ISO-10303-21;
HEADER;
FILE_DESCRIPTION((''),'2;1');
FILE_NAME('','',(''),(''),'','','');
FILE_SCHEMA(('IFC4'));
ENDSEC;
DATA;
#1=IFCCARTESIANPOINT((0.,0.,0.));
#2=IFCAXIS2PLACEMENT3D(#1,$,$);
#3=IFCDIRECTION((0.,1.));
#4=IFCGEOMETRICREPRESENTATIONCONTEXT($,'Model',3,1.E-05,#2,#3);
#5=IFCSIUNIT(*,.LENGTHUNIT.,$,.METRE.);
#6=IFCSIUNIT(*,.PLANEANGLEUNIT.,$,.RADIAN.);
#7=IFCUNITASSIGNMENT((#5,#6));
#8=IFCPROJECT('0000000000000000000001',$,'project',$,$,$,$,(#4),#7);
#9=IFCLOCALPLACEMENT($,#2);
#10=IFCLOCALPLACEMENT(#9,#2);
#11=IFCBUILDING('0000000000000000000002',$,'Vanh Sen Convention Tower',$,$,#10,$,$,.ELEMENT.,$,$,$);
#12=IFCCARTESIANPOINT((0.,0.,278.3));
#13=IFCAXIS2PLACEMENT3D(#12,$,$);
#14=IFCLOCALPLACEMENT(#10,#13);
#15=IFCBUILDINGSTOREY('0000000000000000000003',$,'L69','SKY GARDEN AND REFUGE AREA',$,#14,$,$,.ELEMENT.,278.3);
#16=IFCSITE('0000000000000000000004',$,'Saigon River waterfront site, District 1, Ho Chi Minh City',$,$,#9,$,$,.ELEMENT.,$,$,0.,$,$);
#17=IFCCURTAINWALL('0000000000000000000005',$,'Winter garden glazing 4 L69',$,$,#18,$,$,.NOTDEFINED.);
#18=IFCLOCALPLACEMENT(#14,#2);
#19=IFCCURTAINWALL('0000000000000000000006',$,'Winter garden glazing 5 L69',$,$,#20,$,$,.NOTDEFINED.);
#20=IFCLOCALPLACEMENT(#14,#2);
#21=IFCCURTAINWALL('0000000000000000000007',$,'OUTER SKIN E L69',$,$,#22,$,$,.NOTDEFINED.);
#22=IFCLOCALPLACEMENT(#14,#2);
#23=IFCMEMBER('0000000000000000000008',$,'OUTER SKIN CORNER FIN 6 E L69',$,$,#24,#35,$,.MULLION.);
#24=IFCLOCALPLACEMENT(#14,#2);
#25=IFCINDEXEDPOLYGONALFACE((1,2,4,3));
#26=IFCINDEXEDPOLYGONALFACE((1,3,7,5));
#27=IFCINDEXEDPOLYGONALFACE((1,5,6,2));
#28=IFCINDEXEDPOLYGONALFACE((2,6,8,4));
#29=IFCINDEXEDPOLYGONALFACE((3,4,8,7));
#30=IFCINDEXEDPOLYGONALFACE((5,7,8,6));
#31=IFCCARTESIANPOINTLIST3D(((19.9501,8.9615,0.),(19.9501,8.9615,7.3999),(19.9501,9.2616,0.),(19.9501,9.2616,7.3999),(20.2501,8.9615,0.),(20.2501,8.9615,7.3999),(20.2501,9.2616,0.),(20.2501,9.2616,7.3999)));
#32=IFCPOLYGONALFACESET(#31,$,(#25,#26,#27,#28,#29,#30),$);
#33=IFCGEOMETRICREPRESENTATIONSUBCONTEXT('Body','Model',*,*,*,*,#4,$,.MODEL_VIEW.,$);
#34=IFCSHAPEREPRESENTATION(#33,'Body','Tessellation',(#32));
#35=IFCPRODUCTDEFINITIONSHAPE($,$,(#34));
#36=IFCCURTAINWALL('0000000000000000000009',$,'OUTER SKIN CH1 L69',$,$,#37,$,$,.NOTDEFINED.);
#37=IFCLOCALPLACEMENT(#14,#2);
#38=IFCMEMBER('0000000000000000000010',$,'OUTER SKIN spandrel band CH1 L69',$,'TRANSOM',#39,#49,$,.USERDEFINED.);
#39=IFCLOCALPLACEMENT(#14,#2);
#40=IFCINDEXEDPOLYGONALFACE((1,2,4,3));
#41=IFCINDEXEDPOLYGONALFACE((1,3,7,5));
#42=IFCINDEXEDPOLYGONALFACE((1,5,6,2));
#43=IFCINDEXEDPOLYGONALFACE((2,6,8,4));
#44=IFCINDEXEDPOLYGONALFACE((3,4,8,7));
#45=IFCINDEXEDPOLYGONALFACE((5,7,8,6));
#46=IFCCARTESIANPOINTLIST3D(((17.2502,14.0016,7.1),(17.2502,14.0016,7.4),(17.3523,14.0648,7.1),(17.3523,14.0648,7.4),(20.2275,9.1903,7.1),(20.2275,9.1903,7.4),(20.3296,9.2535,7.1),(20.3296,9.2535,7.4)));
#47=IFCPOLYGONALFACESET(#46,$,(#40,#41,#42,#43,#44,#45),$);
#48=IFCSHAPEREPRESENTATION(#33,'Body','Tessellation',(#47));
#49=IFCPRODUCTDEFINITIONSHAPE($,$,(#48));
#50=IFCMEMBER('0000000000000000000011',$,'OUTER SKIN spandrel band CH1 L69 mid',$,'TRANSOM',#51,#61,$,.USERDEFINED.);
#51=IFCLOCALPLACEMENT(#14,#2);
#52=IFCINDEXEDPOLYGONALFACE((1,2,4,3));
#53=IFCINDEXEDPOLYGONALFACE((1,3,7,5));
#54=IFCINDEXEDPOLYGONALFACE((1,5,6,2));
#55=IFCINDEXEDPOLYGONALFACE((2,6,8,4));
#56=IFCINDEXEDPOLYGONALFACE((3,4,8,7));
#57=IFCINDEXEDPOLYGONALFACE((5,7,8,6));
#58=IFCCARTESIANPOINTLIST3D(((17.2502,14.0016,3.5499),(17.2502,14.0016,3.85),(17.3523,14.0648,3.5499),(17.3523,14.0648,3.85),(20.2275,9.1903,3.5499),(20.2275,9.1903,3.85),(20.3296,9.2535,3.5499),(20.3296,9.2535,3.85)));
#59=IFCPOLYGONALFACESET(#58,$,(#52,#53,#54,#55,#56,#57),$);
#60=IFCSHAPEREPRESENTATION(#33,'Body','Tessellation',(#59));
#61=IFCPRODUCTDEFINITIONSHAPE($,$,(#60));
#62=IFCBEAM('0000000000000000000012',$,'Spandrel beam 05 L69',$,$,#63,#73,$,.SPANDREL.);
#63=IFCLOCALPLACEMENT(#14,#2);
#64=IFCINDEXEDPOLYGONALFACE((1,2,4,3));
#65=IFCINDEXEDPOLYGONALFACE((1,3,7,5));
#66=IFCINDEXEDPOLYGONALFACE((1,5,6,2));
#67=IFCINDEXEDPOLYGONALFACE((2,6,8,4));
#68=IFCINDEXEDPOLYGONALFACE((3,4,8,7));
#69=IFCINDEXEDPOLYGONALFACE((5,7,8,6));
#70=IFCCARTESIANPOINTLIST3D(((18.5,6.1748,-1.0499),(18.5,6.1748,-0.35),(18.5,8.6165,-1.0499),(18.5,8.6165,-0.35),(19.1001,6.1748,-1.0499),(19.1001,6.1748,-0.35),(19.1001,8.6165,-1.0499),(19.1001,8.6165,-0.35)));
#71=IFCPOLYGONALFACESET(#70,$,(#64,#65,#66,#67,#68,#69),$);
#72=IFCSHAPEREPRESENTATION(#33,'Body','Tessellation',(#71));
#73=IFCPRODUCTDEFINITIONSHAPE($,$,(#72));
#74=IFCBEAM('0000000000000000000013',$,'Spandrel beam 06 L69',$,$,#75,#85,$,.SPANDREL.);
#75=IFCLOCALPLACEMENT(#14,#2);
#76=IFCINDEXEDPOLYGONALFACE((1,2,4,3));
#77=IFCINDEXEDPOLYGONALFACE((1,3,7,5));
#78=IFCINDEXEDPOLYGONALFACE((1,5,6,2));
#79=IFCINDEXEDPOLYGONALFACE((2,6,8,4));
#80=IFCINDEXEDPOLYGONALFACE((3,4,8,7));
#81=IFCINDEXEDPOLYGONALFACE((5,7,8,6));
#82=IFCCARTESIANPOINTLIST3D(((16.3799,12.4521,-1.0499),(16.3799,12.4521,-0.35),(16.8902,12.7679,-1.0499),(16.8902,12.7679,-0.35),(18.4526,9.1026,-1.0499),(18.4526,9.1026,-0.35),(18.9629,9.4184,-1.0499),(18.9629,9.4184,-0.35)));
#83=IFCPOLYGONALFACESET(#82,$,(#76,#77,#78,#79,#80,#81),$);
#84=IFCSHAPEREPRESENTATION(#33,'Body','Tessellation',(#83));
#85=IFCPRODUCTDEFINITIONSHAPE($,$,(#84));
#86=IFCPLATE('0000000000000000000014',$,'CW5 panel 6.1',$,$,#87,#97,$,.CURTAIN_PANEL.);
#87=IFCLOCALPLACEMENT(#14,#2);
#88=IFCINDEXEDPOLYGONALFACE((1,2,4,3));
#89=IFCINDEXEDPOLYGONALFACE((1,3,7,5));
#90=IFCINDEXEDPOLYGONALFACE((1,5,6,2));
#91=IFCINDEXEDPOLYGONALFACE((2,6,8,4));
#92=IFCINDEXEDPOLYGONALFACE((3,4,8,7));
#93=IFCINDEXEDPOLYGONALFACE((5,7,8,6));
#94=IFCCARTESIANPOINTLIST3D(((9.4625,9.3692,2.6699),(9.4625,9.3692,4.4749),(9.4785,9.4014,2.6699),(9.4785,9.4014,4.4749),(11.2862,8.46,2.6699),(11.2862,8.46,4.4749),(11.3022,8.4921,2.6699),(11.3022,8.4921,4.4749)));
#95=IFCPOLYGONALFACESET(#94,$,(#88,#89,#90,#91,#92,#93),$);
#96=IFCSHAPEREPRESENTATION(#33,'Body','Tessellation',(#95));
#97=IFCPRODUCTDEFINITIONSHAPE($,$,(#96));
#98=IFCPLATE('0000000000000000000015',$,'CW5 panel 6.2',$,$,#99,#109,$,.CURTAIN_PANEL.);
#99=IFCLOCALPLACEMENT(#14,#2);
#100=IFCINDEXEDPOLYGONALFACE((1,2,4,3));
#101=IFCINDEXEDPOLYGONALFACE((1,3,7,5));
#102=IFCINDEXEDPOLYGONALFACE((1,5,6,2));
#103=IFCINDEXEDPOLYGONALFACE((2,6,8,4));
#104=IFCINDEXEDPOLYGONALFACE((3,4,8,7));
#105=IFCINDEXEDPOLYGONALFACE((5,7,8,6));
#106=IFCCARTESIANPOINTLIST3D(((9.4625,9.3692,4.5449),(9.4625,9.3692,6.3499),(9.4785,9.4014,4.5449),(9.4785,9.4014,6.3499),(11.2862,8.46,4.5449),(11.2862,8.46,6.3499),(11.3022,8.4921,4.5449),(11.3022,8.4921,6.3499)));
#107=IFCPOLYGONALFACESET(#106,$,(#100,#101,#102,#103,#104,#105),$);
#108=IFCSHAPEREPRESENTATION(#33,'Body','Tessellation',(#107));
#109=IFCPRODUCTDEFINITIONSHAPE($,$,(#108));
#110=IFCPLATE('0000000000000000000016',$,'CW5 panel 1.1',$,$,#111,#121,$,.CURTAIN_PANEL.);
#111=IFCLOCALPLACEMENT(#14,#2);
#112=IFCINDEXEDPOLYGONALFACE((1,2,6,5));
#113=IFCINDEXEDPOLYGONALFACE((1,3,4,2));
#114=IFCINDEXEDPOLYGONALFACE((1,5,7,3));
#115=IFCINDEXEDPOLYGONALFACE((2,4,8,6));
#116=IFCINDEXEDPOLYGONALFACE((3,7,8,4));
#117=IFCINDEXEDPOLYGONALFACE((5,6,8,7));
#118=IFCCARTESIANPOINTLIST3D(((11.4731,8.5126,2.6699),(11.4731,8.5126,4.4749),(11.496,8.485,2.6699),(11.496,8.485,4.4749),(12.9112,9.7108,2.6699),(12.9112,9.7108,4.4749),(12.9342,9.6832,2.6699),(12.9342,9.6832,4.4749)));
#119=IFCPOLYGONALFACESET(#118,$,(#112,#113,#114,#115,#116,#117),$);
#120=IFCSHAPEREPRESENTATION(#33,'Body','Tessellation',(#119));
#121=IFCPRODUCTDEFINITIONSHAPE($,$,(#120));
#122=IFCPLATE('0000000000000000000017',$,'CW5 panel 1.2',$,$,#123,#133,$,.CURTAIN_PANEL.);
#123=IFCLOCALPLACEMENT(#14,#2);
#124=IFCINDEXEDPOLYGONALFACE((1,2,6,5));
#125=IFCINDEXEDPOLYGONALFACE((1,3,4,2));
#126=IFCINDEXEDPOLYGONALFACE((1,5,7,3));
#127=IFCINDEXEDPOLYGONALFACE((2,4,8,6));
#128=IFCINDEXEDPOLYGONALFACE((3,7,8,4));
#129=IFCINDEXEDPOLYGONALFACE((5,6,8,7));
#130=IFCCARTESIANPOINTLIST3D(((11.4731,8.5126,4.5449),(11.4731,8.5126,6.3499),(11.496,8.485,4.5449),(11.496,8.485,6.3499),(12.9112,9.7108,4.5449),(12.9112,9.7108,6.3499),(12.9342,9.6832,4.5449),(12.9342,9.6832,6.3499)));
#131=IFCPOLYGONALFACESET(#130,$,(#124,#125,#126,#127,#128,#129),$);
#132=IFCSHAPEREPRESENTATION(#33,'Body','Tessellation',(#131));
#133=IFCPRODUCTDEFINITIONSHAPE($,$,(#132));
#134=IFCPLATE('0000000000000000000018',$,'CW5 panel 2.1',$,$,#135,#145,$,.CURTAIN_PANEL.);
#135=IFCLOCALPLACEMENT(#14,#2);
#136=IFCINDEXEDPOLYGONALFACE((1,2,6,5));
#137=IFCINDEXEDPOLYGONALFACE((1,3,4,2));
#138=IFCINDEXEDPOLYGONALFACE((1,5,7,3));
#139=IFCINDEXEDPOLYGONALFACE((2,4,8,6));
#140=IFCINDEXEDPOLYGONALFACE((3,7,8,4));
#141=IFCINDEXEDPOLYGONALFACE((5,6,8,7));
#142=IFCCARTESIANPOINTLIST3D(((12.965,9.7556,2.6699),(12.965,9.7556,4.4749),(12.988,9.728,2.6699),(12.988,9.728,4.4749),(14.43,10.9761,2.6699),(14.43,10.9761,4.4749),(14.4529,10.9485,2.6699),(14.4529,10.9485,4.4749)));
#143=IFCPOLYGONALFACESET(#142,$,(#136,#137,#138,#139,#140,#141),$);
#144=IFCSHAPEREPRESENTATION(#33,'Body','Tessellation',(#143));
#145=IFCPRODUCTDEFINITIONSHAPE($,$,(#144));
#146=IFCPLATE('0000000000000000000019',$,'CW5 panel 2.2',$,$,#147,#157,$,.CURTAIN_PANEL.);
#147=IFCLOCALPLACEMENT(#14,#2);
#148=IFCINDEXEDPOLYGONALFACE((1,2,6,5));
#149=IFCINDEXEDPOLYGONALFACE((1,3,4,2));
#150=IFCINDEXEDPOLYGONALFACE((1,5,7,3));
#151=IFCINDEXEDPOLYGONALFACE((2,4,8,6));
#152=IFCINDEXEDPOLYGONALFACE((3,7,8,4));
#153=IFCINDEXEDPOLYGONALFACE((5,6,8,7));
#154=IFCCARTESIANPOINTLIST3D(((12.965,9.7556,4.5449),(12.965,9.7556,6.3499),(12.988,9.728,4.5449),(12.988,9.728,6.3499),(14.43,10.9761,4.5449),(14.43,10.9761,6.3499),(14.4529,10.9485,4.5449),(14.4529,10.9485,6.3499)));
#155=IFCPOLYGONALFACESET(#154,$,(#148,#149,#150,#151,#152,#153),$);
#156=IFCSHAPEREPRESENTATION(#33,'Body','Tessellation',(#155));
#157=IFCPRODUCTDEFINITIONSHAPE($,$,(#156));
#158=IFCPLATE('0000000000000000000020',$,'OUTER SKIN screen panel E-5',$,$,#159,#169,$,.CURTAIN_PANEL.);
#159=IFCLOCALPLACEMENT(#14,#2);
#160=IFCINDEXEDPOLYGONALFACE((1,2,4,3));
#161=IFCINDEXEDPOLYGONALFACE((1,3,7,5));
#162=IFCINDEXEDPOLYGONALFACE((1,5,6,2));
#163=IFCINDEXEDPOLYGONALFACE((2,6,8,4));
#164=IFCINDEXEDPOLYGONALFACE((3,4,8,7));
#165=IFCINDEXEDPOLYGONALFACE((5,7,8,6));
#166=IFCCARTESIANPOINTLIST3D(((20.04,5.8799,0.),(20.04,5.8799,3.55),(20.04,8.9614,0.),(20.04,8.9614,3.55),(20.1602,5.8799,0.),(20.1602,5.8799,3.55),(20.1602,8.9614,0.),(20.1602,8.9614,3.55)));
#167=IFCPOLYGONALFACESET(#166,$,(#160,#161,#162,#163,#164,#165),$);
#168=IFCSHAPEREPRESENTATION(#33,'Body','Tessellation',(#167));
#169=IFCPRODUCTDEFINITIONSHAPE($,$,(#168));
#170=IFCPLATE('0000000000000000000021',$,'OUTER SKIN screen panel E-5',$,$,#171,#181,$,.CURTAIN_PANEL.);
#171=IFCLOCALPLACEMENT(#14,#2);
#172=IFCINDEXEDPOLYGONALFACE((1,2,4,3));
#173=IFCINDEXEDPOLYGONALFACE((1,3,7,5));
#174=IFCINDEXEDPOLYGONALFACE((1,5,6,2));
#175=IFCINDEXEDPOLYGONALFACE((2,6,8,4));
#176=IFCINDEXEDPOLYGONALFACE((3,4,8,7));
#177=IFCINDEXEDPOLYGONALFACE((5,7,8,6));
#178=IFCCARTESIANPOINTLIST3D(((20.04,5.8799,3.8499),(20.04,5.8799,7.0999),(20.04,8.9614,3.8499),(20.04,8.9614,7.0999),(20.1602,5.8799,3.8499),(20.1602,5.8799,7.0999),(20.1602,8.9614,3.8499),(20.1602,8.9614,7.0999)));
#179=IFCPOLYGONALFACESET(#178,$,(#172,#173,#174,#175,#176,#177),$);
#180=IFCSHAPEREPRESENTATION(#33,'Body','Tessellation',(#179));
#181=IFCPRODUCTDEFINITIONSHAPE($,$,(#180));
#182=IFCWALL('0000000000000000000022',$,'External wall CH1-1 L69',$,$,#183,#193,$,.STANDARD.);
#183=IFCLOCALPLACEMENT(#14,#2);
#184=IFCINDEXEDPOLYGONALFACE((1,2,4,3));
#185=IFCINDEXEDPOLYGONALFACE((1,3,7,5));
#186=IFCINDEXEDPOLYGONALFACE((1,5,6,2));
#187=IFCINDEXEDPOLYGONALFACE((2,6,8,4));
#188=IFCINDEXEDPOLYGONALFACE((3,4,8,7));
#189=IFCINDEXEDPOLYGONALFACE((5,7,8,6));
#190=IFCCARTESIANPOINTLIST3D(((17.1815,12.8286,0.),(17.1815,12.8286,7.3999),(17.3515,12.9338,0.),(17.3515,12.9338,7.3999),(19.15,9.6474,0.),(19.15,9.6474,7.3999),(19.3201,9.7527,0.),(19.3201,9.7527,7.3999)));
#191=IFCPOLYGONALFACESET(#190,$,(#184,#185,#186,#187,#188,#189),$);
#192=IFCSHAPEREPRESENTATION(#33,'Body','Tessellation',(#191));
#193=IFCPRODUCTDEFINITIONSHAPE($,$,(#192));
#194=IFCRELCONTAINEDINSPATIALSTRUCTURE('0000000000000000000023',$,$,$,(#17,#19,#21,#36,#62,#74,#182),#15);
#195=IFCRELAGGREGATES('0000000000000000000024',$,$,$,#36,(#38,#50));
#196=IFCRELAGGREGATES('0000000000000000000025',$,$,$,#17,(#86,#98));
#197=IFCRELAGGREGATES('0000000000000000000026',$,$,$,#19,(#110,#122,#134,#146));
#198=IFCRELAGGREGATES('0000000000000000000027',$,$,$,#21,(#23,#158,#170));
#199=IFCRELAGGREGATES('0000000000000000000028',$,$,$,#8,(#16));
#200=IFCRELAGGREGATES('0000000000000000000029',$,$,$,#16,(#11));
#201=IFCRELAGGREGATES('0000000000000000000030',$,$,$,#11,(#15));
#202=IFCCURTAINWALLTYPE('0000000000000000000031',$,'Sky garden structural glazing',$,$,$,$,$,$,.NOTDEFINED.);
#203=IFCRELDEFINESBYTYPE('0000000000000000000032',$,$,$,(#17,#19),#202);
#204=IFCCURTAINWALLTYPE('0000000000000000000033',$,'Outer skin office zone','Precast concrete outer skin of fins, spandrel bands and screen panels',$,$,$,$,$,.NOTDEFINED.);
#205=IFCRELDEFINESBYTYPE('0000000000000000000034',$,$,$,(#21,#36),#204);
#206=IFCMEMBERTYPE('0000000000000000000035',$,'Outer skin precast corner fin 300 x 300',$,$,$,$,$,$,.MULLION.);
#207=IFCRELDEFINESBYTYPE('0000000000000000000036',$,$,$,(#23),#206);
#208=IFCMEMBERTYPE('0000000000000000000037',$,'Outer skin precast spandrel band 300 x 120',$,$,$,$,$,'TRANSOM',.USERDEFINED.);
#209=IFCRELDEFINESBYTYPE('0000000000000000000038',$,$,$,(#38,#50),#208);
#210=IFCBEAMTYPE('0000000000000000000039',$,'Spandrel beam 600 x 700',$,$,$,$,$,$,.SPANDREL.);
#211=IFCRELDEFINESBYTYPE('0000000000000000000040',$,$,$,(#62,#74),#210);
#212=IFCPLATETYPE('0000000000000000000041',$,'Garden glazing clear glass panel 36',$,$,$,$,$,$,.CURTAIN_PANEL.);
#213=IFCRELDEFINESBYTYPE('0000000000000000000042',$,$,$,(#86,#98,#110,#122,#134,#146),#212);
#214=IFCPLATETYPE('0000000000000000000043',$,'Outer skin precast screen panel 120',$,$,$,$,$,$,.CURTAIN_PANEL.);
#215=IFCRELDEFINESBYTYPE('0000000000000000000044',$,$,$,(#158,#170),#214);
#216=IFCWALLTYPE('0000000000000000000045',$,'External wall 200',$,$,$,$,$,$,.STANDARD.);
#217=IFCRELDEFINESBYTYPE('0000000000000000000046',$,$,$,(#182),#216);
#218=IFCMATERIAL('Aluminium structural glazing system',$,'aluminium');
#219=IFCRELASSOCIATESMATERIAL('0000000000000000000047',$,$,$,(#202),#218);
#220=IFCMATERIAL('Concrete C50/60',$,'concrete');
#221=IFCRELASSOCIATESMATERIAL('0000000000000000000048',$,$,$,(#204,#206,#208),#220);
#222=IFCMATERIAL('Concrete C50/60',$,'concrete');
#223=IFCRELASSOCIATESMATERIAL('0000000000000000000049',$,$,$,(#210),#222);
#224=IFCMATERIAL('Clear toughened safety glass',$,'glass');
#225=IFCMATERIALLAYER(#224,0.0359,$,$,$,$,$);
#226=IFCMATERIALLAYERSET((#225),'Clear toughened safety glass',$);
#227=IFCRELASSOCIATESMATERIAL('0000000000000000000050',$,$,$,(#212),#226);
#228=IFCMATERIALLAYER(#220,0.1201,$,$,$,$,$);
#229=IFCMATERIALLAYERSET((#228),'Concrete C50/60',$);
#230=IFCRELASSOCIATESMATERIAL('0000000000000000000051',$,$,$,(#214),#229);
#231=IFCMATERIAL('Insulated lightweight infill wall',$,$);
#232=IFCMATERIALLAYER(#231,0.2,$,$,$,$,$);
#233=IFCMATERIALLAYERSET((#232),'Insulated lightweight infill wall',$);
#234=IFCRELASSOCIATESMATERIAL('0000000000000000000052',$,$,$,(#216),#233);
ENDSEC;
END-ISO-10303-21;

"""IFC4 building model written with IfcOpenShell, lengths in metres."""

from ifc_helpers import new_model, si_unit, direction, frame, frame_2d, origin, origin_2d, place, context, subcontext, project, spatial, rectangle, extrude, material, layer, layer_set, material_profile, profile_set, type_object, element, aggregate, save


model = new_model("IFC4")

# Units and contexts
model_context = context("Model", 3, precision=1e-05, world=origin(), true_north=direction((0.0, 1.0)))
body_context = subcontext(model_context, "Body", "Model", "MODEL_VIEW")
ifc_project = project(units=[si_unit("LENGTHUNIT", "METRE"), si_unit("PLANEANGLEUNIT", "RADIAN")], contexts=[model_context])

# Site, building, storey
site_placement = place(None, origin())
site = spatial("IfcSite", under=ifc_project, at=site_placement, Name="Saigon River waterfront site, District 1, Ho Chi Minh City", CompositionType="ELEMENT", RefElevation=0.0)
building_placement = place(site_placement, origin())
building = spatial("IfcBuilding", under=site, at=building_placement, Name="Vanh Sen Convention Tower", CompositionType="ELEMENT")
storey_placement = place(building_placement, frame((0.0, 0.0, 278.3)))
storey = spatial("IfcBuildingStorey", under=building, at=storey_placement, Name="L69", Description="SKY GARDEN AND REFUGE AREA", CompositionType="ELEMENT", Elevation=278.3)

# Curtain wall
ifc_material_1 = material(Name="Aluminium structural glazing system", Category="aluminium")
curtain_wall_type_1 = type_object("IfcCurtainWallType", Name="Sky garden structural glazing", PredefinedType="NOTDEFINED", material=ifc_material_1)
curtain_wall_1_placement = place(storey_placement, origin())
curtain_wall_1 = element("IfcCurtainWall", 1, at=curtain_wall_1_placement, inside=storey, type_object=curtain_wall_type_1, Name="Winter garden glazing 4 L69", PredefinedType="NOTDEFINED")

# Curtain wall
curtain_wall_2_placement = place(storey_placement, origin())
curtain_wall_2 = element("IfcCurtainWall", 2, at=curtain_wall_2_placement, inside=storey, type_object=curtain_wall_type_1, Name="Winter garden glazing 5 L69", PredefinedType="NOTDEFINED")

# Curtain wall, member
ifc_material_2 = material(Name="Concrete C50/60", Category="concrete")
curtain_wall_type_2 = type_object("IfcCurtainWallType", Name="Outer skin office zone", Description="Precast concrete outer skin of fins, spandrel bands and screen panels", PredefinedType="NOTDEFINED", material=ifc_material_2)
curtain_wall_3_placement = place(storey_placement, origin())
curtain_wall_3 = element("IfcCurtainWall", 3, at=curtain_wall_3_placement, inside=storey, type_object=curtain_wall_type_2, Name="OUTER SKIN E L69", PredefinedType="NOTDEFINED")
ifc_material_profile_1 = material_profile(ifc_material_2, rectangle(XDim=0.3, YDim=0.3, at=origin_2d()), Name="Outer skin precast corner fin 300 x 300")
ifc_profile_set_1 = profile_set([ifc_material_profile_1], Name="Concrete C50/60")
member_type_1 = type_object("IfcMemberType", Name="Outer skin precast corner fin 300 x 300", PredefinedType="MULLION", material=ifc_profile_set_1)
member_1_placement = place(storey_placement, frame((20.1001, 9.1116, 0.0), z_axis=(0.0, 0.0, 1.0), x_axis=(0.0, 1.0, 0.0)))
member_1 = element("IfcMember", 4, at=member_1_placement, type_object=member_type_1, Name="OUTER SKIN CORNER FIN 6 E L69", PredefinedType="MULLION", context=body_context, shape_type="SweptSolid", body=[
    extrude(rectangle(XDim=0.3, YDim=0.3, at=origin_2d()), origin(), (0.0, 0.0, 1.0), 7.3999),
])

# Curtain wall, members
curtain_wall_4_placement = place(storey_placement, origin())
curtain_wall_4 = element("IfcCurtainWall", 5, at=curtain_wall_4_placement, inside=storey, type_object=curtain_wall_type_2, Name="OUTER SKIN CH1 L69", PredefinedType="NOTDEFINED")
ifc_material_profile_2 = material_profile(ifc_material_2, rectangle(XDim=0.1201, YDim=0.3, at=origin_2d()), Name="Outer skin precast spandrel band 300 x 120")
ifc_profile_set_2 = profile_set([ifc_material_profile_2], Name="Concrete C50/60")
member_type_2 = type_object("IfcMemberType", Name="Outer skin precast spandrel band 300 x 120", ElementType="TRANSOM", PredefinedType="USERDEFINED", material=ifc_profile_set_2)
member_2_placement = place(storey_placement, frame((20.2786, 9.2219, 7.25), z_axis=(-0.526212, 0.850353, 0.0), x_axis=(-0.850353, -0.526212, 0.0)))
member_2 = element("IfcMember", 6, at=member_2_placement, type_object=member_type_2, Name="OUTER SKIN spandrel band CH1 L69", ObjectType="TRANSOM", PredefinedType="USERDEFINED", context=body_context, shape_type="SweptSolid", body=[
    extrude(rectangle(XDim=0.1201, YDim=0.3, at=origin_2d()), origin(), (0.0, 0.0, 1.0), 5.658),
])
member_3_placement = place(storey_placement, frame((20.2786, 9.2219, 3.7), z_axis=(-0.526212, 0.850353, 0.0), x_axis=(-0.850353, -0.526212, 0.0)))
member_3 = element("IfcMember", 7, at=member_3_placement, type_object=member_type_2, Name="OUTER SKIN spandrel band CH1 L69 mid", ObjectType="TRANSOM", PredefinedType="USERDEFINED", context=body_context, shape_type="SweptSolid", body=[
    extrude(rectangle(XDim=0.1201, YDim=0.3, at=origin_2d()), origin(), (0.0, 0.0, 1.0), 5.658),
])
aggregate(curtain_wall_4, [member_2, member_3])

# Beams
ifc_material_3 = material(Name="Concrete C50/60", Category="concrete")
ifc_material_profile_3 = material_profile(ifc_material_3, rectangle(XDim=0.6001, YDim=0.7, at=origin_2d()), Name="RC 600X700")
ifc_profile_set_3 = profile_set([ifc_material_profile_3], Name="Concrete C50/60")
beam_type = type_object("IfcBeamType", Name="Spandrel beam 600 x 700", PredefinedType="SPANDREL", material=ifc_profile_set_3)
beam_1_placement = place(storey_placement, frame((18.8, 6.1748, -0.7), z_axis=(0.0, 1.0, 0.0), x_axis=(-1.0, 0.0, 0.0)))
element("IfcBeam", 8, at=beam_1_placement, inside=storey, type_object=beam_type, Name="Spandrel beam 05 L69", PredefinedType="SPANDREL", context=body_context, shape_type="SweptSolid", body=[
    extrude(rectangle(XDim=0.6001, YDim=0.7, at=origin_2d()), origin(), (0.0, 0.0, 1.0), 2.4417),
])
beam_2_placement = place(storey_placement, frame((18.7078, 9.2605, -0.7), z_axis=(-0.526205, 0.850358, 0.0), x_axis=(-0.850358, -0.526205, 0.0)))
element("IfcBeam", 9, at=beam_2_placement, inside=storey, type_object=beam_type, Name="Spandrel beam 06 L69", PredefinedType="SPANDREL", context=body_context, shape_type="SweptSolid", body=[
    extrude(rectangle(XDim=0.6001, YDim=0.7, at=origin_2d()), origin(), (0.0, 0.0, 1.0), 3.939),
])

# Plates
ifc_material_4 = material(Name="Clear toughened safety glass", Category="glass")
ifc_layer_1 = layer(ifc_material_4, 0.0359)
ifc_layer_set_1 = layer_set([ifc_layer_1], Name="Clear toughened safety glass")
plate_type_1 = type_object("IfcPlateType", Name="Garden glazing clear glass panel 36", PredefinedType="CURTAIN_PANEL", material=ifc_layer_set_1)
plate_1_placement = place(storey_placement, frame((10.3823, 8.9307, 2.6699), z_axis=(0.0, 0.0, 1.0), x_axis=(0.894934, -0.446199, 0.0)))
plate_1 = element("IfcPlate", 10, at=plate_1_placement, type_object=plate_type_1, Name="CW5 panel 6.1", PredefinedType="CURTAIN_PANEL", context=body_context, shape_type="SweptSolid", body=[
    extrude(rectangle(XDim=2.0378, YDim=0.0359, at=origin_2d()), origin(), (0.0, 0.0, 1.0), 1.8049),
])
plate_2_placement = place(storey_placement, frame((10.3823, 8.9307, 4.5449), z_axis=(0.0, 0.0, 1.0), x_axis=(0.894934, -0.446199, 0.0)))
plate_2 = element("IfcPlate", 11, at=plate_2_placement, type_object=plate_type_1, Name="CW5 panel 6.2", PredefinedType="CURTAIN_PANEL", context=body_context, shape_type="SweptSolid", body=[
    extrude(rectangle(XDim=2.0378, YDim=0.0359, at=origin_2d()), origin(), (0.0, 0.0, 1.0), 1.8049),
])
aggregate(curtain_wall_1, [plate_1, plate_2])
plate_3_placement = place(storey_placement, frame((12.2036, 9.0979, 2.6699), z_axis=(0.0, 0.0, 1.0), x_axis=(0.768299, 0.640092, 0.0)))
plate_3 = element("IfcPlate", 12, at=plate_3_placement, type_object=plate_type_1, Name="CW5 panel 1.1", PredefinedType="CURTAIN_PANEL", context=body_context, shape_type="SweptSolid", body=[
    extrude(rectangle(XDim=1.8718, YDim=0.0359, at=origin_2d()), origin(), (0.0, 0.0, 1.0), 1.8049),
])
plate_4_placement = place(storey_placement, frame((12.2036, 9.0979, 4.5449), z_axis=(0.0, 0.0, 1.0), x_axis=(0.768299, 0.640092, 0.0)))
plate_4 = element("IfcPlate", 13, at=plate_4_placement, type_object=plate_type_1, Name="CW5 panel 1.2", PredefinedType="CURTAIN_PANEL", context=body_context, shape_type="SweptSolid", body=[
    extrude(rectangle(XDim=1.8718, YDim=0.0359, at=origin_2d()), origin(), (0.0, 0.0, 1.0), 1.8049),
])
plate_5_placement = place(storey_placement, frame((13.709, 10.3521, 2.6699), z_axis=(0.0, 0.0, 1.0), x_axis=(0.768299, 0.640092, 0.0)))
plate_5 = element("IfcPlate", 14, at=plate_5_placement, type_object=plate_type_1, Name="CW5 panel 2.1", PredefinedType="CURTAIN_PANEL", context=body_context, shape_type="SweptSolid", body=[
    extrude(rectangle(XDim=1.9067, YDim=0.0359, at=origin_2d()), origin(), (0.0, 0.0, 1.0), 1.8049),
])
plate_6_placement = place(storey_placement, frame((13.709, 10.3521, 4.5449), z_axis=(0.0, 0.0, 1.0), x_axis=(0.768299, 0.640092, 0.0)))
plate_6 = element("IfcPlate", 15, at=plate_6_placement, type_object=plate_type_1, Name="CW5 panel 2.2", PredefinedType="CURTAIN_PANEL", context=body_context, shape_type="SweptSolid", body=[
    extrude(rectangle(XDim=1.9067, YDim=0.0359, at=origin_2d()), origin(), (0.0, 0.0, 1.0), 1.8049),
])
aggregate(curtain_wall_2, [plate_3, plate_4, plate_5, plate_6])
ifc_layer_2 = layer(ifc_material_2, 0.1201)
ifc_layer_set_2 = layer_set([ifc_layer_2], Name="Concrete C50/60")
plate_type_2 = type_object("IfcPlateType", Name="Outer skin precast screen panel 120", PredefinedType="CURTAIN_PANEL", material=ifc_layer_set_2)
plate_7_placement = place(storey_placement, frame((20.1001, 7.4207, 0.0), z_axis=(0.0, 0.0, 1.0), x_axis=(0.0, 1.0, 0.0)))
plate_7 = element("IfcPlate", 16, at=plate_7_placement, type_object=plate_type_2, Name="OUTER SKIN screen panel E-5", PredefinedType="CURTAIN_PANEL", context=body_context, shape_type="SweptSolid", body=[
    extrude(rectangle(XDim=3.0815, YDim=0.1201, at=origin_2d()), origin(), (0.0, 0.0, 1.0), 3.55),
])
plate_8_placement = place(storey_placement, frame((20.1001, 7.4207, 3.8499), z_axis=(0.0, 0.0, 1.0), x_axis=(0.0, 1.0, 0.0)))
plate_8 = element("IfcPlate", 17, at=plate_8_placement, type_object=plate_type_2, Name="OUTER SKIN screen panel E-5", PredefinedType="CURTAIN_PANEL", context=body_context, shape_type="SweptSolid", body=[
    extrude(rectangle(XDim=3.0815, YDim=0.1201, at=origin_2d()), origin(), (0.0, 0.0, 1.0), 3.25),
])
aggregate(curtain_wall_3, [member_1, plate_7, plate_8])

# Wall
ifc_material_5 = material(Name="Insulated lightweight infill wall")
ifc_layer_3 = layer(ifc_material_5, 0.2)
ifc_layer_set_3 = layer_set([ifc_layer_3], Name="Insulated lightweight infill wall")
wall_type_1 = type_object("IfcWallType", Name="External wall 200", PredefinedType="STANDARD", material=ifc_layer_set_3)
wall_1_placement = place(storey_placement, frame((19.2351, 9.7, 0.0), z_axis=(0.0, 0.0, 1.0), x_axis=(-0.526204, 0.850358, 0.0)))
element("IfcWall", 18, at=wall_1_placement, inside=storey, type_object=wall_type_1, Name="External wall CH1-1 L69", PredefinedType="STANDARD", context=body_context, shape_type="SweptSolid", body=[
    extrude(rectangle(XDim=3.741, YDim=0.2, at=frame_2d((1.8706, 0.0))), origin(), (0.0, 0.0, 1.0), 7.3999),
])

save(model, "model.ifc")
